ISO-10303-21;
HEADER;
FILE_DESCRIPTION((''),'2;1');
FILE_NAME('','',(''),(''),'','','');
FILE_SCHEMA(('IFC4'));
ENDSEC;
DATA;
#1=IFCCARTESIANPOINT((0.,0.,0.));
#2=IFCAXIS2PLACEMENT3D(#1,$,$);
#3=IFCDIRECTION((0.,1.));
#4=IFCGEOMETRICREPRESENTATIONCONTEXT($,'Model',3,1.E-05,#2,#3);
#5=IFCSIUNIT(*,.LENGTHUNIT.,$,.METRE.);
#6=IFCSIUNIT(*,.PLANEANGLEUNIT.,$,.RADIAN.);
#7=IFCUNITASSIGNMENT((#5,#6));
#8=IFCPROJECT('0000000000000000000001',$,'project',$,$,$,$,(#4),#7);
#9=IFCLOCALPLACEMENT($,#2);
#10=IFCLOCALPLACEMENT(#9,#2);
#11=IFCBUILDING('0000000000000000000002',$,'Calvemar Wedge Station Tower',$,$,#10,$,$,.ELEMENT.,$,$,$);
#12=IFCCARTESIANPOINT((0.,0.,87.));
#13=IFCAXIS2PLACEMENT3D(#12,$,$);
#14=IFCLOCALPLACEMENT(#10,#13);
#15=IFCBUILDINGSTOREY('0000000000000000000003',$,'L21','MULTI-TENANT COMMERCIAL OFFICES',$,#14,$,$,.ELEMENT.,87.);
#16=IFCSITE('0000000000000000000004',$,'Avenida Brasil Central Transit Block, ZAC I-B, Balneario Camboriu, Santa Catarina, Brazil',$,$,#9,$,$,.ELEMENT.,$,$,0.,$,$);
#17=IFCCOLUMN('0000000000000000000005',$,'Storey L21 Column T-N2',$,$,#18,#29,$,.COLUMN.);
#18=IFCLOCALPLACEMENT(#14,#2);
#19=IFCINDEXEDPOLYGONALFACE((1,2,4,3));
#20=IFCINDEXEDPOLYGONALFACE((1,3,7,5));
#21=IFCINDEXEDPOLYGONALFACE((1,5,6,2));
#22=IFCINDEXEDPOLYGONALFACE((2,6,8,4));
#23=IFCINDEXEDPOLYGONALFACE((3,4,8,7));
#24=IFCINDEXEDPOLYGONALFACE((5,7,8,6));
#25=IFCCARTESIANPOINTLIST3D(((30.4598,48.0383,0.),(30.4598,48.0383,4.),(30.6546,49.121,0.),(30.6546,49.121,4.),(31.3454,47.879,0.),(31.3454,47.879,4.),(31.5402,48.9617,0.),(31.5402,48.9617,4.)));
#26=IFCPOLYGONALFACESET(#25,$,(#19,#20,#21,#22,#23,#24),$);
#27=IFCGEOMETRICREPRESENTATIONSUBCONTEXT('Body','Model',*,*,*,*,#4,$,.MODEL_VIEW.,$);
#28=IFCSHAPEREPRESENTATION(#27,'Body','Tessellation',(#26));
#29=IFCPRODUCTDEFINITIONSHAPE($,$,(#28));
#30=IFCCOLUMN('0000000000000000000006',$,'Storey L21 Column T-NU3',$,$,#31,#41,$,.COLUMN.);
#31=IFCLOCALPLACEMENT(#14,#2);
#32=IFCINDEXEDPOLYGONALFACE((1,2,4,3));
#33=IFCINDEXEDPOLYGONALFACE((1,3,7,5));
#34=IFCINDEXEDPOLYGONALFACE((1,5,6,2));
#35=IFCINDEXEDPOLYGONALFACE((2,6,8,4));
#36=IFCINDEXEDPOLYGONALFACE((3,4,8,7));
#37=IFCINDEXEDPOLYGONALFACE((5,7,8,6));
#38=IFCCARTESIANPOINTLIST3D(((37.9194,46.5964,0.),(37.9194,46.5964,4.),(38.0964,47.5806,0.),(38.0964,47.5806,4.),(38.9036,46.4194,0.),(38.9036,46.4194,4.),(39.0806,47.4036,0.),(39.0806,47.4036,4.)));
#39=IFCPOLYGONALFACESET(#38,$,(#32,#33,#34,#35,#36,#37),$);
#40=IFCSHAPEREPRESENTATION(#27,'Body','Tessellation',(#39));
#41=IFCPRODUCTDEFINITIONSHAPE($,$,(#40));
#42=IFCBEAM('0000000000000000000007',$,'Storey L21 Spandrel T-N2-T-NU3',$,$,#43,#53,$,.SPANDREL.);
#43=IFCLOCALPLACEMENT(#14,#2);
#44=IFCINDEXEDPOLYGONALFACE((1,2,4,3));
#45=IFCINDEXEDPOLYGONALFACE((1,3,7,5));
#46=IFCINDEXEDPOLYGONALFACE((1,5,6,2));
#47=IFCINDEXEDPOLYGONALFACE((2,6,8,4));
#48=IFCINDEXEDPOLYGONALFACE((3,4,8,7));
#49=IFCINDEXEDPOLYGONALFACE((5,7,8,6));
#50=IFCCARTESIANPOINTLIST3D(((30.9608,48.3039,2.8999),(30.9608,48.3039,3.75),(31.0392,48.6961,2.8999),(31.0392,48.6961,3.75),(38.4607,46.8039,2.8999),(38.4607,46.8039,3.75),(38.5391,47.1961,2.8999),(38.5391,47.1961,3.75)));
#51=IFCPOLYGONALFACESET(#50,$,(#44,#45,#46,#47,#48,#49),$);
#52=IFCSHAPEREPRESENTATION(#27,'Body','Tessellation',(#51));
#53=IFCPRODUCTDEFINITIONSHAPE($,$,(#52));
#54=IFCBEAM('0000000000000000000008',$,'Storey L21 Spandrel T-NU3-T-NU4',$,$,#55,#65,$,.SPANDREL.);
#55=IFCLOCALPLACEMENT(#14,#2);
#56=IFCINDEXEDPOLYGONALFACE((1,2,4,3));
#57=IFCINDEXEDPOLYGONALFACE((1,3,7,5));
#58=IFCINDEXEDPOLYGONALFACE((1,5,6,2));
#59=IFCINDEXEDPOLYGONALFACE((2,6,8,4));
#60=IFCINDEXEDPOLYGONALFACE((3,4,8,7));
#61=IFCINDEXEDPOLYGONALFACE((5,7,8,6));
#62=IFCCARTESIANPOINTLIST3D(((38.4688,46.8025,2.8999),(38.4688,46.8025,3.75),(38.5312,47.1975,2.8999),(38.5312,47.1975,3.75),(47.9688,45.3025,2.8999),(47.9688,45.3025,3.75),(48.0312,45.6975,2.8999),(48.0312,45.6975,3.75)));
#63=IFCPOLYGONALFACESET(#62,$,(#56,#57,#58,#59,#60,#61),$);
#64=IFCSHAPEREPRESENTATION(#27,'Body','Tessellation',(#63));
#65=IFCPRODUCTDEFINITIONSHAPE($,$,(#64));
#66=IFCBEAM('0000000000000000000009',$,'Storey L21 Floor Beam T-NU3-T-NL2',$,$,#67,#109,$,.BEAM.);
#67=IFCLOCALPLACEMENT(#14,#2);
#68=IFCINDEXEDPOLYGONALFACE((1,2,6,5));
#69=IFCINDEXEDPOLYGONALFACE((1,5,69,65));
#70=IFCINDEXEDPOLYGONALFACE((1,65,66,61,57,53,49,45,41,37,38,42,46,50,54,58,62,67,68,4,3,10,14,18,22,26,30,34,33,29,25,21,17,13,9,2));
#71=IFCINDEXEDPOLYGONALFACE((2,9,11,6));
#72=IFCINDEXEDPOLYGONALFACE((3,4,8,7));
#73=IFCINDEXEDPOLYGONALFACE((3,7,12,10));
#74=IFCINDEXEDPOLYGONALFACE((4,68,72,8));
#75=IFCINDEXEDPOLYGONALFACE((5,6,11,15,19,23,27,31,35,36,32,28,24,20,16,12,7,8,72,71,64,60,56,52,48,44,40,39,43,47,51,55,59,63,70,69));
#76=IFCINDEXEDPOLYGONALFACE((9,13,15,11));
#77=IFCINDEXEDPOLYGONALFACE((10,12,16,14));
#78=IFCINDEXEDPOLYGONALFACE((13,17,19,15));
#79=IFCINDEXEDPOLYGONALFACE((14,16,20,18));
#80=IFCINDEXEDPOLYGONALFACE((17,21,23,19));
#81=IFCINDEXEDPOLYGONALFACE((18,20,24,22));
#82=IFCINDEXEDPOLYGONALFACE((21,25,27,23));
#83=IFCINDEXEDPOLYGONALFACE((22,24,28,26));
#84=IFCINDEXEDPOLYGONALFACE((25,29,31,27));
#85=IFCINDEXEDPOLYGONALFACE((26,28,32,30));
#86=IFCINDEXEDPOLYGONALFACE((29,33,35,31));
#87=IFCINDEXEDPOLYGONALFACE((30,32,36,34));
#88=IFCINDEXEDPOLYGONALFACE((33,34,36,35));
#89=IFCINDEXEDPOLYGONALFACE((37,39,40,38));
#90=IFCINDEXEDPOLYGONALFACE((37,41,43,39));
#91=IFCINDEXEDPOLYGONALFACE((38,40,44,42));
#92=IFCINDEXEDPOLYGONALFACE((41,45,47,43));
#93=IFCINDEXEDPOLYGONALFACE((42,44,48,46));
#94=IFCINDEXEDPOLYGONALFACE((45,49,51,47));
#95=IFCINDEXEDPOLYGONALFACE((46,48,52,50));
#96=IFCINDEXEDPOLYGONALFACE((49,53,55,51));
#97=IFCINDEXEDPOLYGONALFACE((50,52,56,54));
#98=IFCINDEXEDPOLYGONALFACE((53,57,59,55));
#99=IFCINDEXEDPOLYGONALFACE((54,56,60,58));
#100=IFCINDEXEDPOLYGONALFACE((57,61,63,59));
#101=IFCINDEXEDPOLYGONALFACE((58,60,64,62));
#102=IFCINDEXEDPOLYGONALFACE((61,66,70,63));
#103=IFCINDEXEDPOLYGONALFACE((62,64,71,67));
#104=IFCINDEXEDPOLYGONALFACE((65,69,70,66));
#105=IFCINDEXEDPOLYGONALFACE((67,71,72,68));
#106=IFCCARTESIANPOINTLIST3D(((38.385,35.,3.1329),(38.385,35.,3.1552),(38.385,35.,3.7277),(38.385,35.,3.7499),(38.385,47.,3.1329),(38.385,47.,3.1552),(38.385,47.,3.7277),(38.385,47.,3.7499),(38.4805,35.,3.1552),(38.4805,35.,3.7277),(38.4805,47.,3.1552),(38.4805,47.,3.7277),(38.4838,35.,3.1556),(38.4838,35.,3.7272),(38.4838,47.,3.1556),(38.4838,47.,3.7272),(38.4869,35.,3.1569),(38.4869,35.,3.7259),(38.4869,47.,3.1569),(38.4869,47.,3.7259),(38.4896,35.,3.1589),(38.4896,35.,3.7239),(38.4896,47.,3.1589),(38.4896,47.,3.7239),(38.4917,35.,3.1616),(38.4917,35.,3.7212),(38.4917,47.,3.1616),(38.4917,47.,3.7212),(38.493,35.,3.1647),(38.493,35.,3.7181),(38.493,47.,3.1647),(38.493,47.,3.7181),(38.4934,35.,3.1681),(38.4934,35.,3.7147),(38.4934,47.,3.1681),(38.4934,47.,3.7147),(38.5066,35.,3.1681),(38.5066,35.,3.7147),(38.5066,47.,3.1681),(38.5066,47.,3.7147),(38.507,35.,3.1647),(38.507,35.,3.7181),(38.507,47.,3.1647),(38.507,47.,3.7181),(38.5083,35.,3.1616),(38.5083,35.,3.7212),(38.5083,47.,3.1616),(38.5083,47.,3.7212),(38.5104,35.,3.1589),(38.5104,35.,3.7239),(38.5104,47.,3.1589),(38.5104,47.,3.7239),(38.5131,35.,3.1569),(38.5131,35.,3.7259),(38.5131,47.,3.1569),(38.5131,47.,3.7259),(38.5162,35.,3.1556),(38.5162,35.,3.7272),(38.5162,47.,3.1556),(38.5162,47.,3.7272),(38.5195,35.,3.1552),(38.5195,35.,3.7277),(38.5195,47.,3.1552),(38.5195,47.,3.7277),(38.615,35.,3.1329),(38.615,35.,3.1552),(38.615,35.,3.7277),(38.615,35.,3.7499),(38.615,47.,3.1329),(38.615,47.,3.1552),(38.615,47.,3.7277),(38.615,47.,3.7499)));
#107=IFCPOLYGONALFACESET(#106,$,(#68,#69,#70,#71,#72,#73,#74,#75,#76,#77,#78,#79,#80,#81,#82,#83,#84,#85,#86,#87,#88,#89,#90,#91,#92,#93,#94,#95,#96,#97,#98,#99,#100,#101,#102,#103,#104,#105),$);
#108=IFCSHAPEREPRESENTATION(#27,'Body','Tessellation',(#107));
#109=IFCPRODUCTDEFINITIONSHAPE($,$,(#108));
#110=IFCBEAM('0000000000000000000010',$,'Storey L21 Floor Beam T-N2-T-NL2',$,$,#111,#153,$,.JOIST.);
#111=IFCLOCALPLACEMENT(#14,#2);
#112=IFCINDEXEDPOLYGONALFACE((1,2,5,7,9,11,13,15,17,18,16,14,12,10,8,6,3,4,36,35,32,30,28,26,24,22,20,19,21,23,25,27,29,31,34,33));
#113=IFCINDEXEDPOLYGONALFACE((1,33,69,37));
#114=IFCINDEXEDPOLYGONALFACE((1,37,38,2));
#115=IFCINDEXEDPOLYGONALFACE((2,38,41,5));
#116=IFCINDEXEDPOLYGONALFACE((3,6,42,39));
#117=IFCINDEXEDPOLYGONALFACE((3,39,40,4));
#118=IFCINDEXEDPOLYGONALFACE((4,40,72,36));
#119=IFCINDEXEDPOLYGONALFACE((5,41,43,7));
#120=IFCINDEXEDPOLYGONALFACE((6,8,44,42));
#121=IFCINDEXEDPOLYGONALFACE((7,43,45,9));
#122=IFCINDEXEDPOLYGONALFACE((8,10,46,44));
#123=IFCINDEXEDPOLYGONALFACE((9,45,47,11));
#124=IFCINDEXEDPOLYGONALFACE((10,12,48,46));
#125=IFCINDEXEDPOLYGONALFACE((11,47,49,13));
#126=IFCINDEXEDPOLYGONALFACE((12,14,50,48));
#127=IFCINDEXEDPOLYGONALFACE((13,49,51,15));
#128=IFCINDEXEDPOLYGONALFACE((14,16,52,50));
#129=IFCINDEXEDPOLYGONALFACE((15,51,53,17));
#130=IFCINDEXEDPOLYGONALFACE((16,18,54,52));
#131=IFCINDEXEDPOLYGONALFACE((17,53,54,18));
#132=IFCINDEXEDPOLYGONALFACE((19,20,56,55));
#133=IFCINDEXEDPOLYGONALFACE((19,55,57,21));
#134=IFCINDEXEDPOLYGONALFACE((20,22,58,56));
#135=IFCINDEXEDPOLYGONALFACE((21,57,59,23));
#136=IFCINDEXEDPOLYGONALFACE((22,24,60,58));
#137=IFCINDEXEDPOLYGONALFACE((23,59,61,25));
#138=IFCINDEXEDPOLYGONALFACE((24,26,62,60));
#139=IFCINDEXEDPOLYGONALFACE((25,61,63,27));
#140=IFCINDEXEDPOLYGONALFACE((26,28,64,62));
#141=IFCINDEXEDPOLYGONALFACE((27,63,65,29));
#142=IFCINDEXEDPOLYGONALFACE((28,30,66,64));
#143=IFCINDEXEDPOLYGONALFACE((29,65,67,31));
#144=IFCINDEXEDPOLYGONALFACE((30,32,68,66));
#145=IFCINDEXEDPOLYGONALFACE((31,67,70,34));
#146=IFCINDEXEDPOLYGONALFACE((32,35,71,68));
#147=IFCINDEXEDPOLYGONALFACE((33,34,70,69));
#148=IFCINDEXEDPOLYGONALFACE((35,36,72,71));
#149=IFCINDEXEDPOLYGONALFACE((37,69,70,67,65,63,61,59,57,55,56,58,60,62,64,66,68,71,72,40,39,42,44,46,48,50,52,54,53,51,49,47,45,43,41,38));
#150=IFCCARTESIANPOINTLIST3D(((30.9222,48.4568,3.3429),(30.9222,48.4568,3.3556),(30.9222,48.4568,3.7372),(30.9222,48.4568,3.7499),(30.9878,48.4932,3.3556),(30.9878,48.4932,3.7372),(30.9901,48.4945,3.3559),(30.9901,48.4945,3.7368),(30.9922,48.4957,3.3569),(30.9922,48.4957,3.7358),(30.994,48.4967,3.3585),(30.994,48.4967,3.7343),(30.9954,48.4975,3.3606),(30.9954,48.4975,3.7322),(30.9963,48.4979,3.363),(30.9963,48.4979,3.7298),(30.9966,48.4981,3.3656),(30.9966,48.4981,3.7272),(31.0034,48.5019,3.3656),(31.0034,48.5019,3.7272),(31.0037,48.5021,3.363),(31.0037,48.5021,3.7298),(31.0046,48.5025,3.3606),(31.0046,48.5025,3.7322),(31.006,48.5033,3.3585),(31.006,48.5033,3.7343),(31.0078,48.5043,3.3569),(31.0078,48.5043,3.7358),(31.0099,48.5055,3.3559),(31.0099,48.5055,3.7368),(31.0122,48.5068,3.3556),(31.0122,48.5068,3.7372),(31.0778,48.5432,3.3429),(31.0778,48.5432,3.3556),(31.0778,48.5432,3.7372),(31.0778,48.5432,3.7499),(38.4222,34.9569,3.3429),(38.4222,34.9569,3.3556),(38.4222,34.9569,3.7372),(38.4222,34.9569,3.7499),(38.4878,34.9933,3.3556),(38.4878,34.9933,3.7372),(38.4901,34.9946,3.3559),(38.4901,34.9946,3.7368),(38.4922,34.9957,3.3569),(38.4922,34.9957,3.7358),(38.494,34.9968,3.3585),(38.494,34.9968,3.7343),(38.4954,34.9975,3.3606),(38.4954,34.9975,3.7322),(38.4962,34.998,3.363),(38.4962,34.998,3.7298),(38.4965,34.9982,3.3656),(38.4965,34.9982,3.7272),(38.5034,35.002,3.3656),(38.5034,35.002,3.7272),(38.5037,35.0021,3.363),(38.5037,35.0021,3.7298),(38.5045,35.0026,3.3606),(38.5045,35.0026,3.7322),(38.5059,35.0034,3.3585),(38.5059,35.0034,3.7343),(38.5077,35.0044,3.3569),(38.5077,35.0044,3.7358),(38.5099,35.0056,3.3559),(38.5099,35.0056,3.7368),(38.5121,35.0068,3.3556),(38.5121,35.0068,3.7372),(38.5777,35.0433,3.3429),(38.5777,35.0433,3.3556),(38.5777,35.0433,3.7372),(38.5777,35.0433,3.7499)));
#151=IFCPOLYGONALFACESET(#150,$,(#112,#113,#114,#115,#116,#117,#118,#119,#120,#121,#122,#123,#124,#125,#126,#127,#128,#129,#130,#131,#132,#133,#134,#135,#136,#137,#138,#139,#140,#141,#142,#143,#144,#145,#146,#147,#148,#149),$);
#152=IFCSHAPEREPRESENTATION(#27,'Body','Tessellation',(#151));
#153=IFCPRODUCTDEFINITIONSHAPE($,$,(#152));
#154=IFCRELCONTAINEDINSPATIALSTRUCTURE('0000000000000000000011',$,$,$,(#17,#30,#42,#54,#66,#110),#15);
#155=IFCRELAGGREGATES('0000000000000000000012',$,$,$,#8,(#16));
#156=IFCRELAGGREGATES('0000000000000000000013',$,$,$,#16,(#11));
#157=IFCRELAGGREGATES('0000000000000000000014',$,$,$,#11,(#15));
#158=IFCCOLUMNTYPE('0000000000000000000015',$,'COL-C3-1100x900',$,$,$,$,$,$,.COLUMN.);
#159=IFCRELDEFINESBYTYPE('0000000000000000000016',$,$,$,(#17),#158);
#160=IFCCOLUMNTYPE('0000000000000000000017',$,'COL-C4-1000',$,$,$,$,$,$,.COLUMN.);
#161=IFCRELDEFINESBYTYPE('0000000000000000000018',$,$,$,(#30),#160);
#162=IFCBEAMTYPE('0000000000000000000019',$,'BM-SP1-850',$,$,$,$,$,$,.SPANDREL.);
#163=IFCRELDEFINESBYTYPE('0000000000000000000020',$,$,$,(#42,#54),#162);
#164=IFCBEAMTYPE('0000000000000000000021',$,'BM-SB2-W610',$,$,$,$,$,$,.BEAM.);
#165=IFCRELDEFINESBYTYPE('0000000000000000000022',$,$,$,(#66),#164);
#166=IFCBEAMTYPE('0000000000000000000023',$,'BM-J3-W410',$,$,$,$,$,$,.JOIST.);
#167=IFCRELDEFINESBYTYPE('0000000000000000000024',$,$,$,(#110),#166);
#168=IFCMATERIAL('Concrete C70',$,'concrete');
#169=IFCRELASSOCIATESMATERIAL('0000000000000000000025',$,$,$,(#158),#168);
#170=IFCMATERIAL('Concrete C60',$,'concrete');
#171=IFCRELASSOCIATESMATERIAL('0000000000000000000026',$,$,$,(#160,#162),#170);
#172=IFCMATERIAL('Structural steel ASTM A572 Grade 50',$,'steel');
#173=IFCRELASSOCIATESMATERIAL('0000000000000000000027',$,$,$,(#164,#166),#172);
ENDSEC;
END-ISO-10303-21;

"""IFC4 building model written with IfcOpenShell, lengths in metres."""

from ifc_helpers import new_model, si_unit, direction, frame, origin, origin_2d, place, context, subcontext, project, spatial, rectangle, i_section, extrude, source, transform, mapped, material, material_profile, profile_set, type_object, element, save


model = new_model("IFC4")

# Units and contexts
model_context = context("Model", 3, precision=1e-05, world=origin(), true_north=direction((0.0, 1.0)))
body_context = subcontext(model_context, "Body", "Model", "MODEL_VIEW")
ifc_project = project(units=[si_unit("LENGTHUNIT", "METRE"), si_unit("PLANEANGLEUNIT", "RADIAN")], contexts=[model_context])

# Site, building, storey
site_placement = place(None, origin())
site = spatial("IfcSite", under=ifc_project, at=site_placement, Name="Avenida Brasil Central Transit Block, ZAC I-B, Balneario Camboriu, Santa Catarina, Brazil", CompositionType="ELEMENT", RefElevation=0.0)
building_placement = place(site_placement, origin())
building = spatial("IfcBuilding", under=site, at=building_placement, Name="Calvemar Wedge Station Tower", CompositionType="ELEMENT")
storey_placement = place(building_placement, frame((0.0, 0.0, 87.0)))
storey = spatial("IfcBuildingStorey", under=building, at=storey_placement, Name="L21", Description="MULTI-TENANT COMMERCIAL OFFICES", CompositionType="ELEMENT", Elevation=87.0)

# Columns
ifc_material_1 = material(Name="Concrete C70", Category="concrete")
ifc_material_profile_1 = material_profile(ifc_material_1, rectangle(XDim=0.8999, YDim=1.1001, at=origin_2d()), Name="RC1100x900")
ifc_profile_set_1 = profile_set([ifc_material_profile_1], Name="Concrete C70")
column_type_1 = type_object("IfcColumnType", Name="COL-C3-1100x900", PredefinedType="COLUMN", material=ifc_profile_set_1)
shared_shape_1 = source(origin(), body_context, "Body", "SweptSolid", [
    extrude(rectangle(XDim=0.8999, YDim=1.1001, at=origin_2d()), origin(), (0.0, 0.0, 1.0), 4.0),
])
column_1_placement = place(storey_placement, frame((31.0, 48.5, 0.0), z_axis=(0.0, 0.0, 1.0), x_axis=(0.984196, -0.177085, 0.0)))
element("IfcColumn", 1, at=column_1_placement, inside=storey, type_object=column_type_1, Name="Storey L21 Column T-N2", PredefinedType="COLUMN", context=body_context, shape_type="MappedRepresentation", body=[
    mapped(shared_shape_1, transform((0.0, 0.0, 0.0), scale=1.0)),
])
ifc_material_2 = material(Name="Concrete C60", Category="concrete")
ifc_material_profile_2 = material_profile(ifc_material_2, rectangle(XDim=1.0, YDim=1.0, at=origin_2d()), Name="RC1000x1000")
ifc_profile_set_2 = profile_set([ifc_material_profile_2], Name="Concrete C60")
column_type_2 = type_object("IfcColumnType", Name="COL-C4-1000", PredefinedType="COLUMN", material=ifc_profile_set_2)
shared_shape_2 = source(origin(), body_context, "Body", "SweptSolid", [
    extrude(rectangle(XDim=1.0, YDim=1.0, at=origin_2d()), origin(), (0.0, 0.0, 1.0), 4.0),
])
column_2_placement = place(storey_placement, frame((38.5, 47.0, 0.0), z_axis=(0.0, 0.0, 1.0), x_axis=(0.984196, -0.177085, 0.0)))
element("IfcColumn", 2, at=column_2_placement, inside=storey, type_object=column_type_2, Name="Storey L21 Column T-NU3", PredefinedType="COLUMN", context=body_context, shape_type="MappedRepresentation", body=[
    mapped(shared_shape_2, transform((0.0, 0.0, 0.0), scale=1.0)),
])

# Beams
ifc_material_profile_3 = material_profile(ifc_material_2, rectangle(XDim=0.3999, YDim=0.8501, at=origin_2d()), Name="RC400x850")
ifc_profile_set_3 = profile_set([ifc_material_profile_3], Name="Concrete C60")
beam_type_1 = type_object("IfcBeamType", Name="BM-SP1-850", PredefinedType="SPANDREL", material=ifc_profile_set_3)
shared_shape_3 = source(origin(), body_context, "Body", "SweptSolid", [
    extrude(rectangle(XDim=0.3999, YDim=0.8501, at=origin_2d()), origin(), (0.0, 0.0, 1.0), 7.6484),
])
beam_1_placement = place(storey_placement, frame((31.0, 48.5, 3.325), z_axis=(0.980581, -0.196116, 0.0), x_axis=(0.196116, 0.980581, 0.0)))
element("IfcBeam", 3, at=beam_1_placement, inside=storey, type_object=beam_type_1, Name="Storey L21 Spandrel T-N2-T-NU3", PredefinedType="SPANDREL", context=body_context, shape_type="MappedRepresentation", body=[
    mapped(shared_shape_3, transform((0.0, 0.0, 0.0), scale=1.0)),
])
shared_shape_4 = source(origin(), body_context, "Body", "SweptSolid", [
    extrude(rectangle(XDim=0.3999, YDim=0.8501, at=origin_2d()), origin(), (0.0, 0.0, 1.0), 9.6177),
])
beam_2_placement = place(storey_placement, frame((38.5, 47.0, 3.325), z_axis=(0.987763, -0.155963, 0.0), x_axis=(0.155963, 0.987763, 0.0)))
element("IfcBeam", 4, at=beam_2_placement, inside=storey, type_object=beam_type_1, Name="Storey L21 Spandrel T-NU3-T-NU4", PredefinedType="SPANDREL", context=body_context, shape_type="MappedRepresentation", body=[
    mapped(shared_shape_4, transform((0.0, 0.0, 0.0), scale=1.0)),
])
ifc_material_3 = material(Name="Structural steel ASTM A572 Grade 50", Category="steel")
ifc_material_profile_4 = material_profile(ifc_material_3, i_section(OverallWidth=0.23, OverallDepth=0.6169, WebThickness=0.0132, FlangeThickness=0.0222, FilletRadius=0.0129, at=origin_2d()), Name="W610x140")
ifc_profile_set_4 = profile_set([ifc_material_profile_4], Name="Structural steel ASTM A572 Grade 50")
beam_type_2 = type_object("IfcBeamType", Name="BM-SB2-W610", PredefinedType="BEAM", material=ifc_profile_set_4)
shared_shape_5 = source(origin(), body_context, "Body", "SweptSolid", [
    extrude(i_section(OverallWidth=0.23, OverallDepth=0.6169, WebThickness=0.0132, FlangeThickness=0.0222, FilletRadius=0.0129, at=origin_2d()), origin(), (0.0, 0.0, 1.0), 12.0),
])
beam_3_placement = place(storey_placement, frame((38.5, 47.0, 3.4414), z_axis=(0.0, -1.0, 0.0), x_axis=(1.0, 0.0, 0.0)))
element("IfcBeam", 5, at=beam_3_placement, inside=storey, type_object=beam_type_2, Name="Storey L21 Floor Beam T-NU3-T-NL2", PredefinedType="BEAM", context=body_context, shape_type="MappedRepresentation", body=[
    mapped(shared_shape_5, transform((0.0, 0.0, 0.0), scale=1.0)),
])
ifc_material_profile_5 = material_profile(ifc_material_3, i_section(OverallWidth=0.178, OverallDepth=0.407, WebThickness=0.0078, FlangeThickness=0.0127, FilletRadius=0.01, at=origin_2d()), Name="W410x60")
ifc_profile_set_5 = profile_set([ifc_material_profile_5], Name="Structural steel ASTM A572 Grade 50")
beam_type_3 = type_object("IfcBeamType", Name="BM-J3-W410", PredefinedType="JOIST", material=ifc_profile_set_5)
shared_shape_6 = source(origin(), body_context, "Body", "SweptSolid", [
    extrude(i_section(OverallWidth=0.178, OverallDepth=0.407, WebThickness=0.0078, FlangeThickness=0.0127, FilletRadius=0.01, at=origin_2d()), origin(), (0.0, 0.0, 1.0), 15.4434),
])
beam_4_placement = place(storey_placement, frame((31.0, 48.5, 3.5464), z_axis=(0.485643, -0.874157, 0.0), x_axis=(0.874157, 0.485643, 0.0)))
element("IfcBeam", 6, at=beam_4_placement, inside=storey, type_object=beam_type_3, Name="Storey L21 Floor Beam T-N2-T-NL2", PredefinedType="JOIST", context=body_context, shape_type="MappedRepresentation", body=[
    mapped(shared_shape_6, transform((0.0, 0.0, 0.0), scale=1.0)),
])

save(model, "model.ifc")
